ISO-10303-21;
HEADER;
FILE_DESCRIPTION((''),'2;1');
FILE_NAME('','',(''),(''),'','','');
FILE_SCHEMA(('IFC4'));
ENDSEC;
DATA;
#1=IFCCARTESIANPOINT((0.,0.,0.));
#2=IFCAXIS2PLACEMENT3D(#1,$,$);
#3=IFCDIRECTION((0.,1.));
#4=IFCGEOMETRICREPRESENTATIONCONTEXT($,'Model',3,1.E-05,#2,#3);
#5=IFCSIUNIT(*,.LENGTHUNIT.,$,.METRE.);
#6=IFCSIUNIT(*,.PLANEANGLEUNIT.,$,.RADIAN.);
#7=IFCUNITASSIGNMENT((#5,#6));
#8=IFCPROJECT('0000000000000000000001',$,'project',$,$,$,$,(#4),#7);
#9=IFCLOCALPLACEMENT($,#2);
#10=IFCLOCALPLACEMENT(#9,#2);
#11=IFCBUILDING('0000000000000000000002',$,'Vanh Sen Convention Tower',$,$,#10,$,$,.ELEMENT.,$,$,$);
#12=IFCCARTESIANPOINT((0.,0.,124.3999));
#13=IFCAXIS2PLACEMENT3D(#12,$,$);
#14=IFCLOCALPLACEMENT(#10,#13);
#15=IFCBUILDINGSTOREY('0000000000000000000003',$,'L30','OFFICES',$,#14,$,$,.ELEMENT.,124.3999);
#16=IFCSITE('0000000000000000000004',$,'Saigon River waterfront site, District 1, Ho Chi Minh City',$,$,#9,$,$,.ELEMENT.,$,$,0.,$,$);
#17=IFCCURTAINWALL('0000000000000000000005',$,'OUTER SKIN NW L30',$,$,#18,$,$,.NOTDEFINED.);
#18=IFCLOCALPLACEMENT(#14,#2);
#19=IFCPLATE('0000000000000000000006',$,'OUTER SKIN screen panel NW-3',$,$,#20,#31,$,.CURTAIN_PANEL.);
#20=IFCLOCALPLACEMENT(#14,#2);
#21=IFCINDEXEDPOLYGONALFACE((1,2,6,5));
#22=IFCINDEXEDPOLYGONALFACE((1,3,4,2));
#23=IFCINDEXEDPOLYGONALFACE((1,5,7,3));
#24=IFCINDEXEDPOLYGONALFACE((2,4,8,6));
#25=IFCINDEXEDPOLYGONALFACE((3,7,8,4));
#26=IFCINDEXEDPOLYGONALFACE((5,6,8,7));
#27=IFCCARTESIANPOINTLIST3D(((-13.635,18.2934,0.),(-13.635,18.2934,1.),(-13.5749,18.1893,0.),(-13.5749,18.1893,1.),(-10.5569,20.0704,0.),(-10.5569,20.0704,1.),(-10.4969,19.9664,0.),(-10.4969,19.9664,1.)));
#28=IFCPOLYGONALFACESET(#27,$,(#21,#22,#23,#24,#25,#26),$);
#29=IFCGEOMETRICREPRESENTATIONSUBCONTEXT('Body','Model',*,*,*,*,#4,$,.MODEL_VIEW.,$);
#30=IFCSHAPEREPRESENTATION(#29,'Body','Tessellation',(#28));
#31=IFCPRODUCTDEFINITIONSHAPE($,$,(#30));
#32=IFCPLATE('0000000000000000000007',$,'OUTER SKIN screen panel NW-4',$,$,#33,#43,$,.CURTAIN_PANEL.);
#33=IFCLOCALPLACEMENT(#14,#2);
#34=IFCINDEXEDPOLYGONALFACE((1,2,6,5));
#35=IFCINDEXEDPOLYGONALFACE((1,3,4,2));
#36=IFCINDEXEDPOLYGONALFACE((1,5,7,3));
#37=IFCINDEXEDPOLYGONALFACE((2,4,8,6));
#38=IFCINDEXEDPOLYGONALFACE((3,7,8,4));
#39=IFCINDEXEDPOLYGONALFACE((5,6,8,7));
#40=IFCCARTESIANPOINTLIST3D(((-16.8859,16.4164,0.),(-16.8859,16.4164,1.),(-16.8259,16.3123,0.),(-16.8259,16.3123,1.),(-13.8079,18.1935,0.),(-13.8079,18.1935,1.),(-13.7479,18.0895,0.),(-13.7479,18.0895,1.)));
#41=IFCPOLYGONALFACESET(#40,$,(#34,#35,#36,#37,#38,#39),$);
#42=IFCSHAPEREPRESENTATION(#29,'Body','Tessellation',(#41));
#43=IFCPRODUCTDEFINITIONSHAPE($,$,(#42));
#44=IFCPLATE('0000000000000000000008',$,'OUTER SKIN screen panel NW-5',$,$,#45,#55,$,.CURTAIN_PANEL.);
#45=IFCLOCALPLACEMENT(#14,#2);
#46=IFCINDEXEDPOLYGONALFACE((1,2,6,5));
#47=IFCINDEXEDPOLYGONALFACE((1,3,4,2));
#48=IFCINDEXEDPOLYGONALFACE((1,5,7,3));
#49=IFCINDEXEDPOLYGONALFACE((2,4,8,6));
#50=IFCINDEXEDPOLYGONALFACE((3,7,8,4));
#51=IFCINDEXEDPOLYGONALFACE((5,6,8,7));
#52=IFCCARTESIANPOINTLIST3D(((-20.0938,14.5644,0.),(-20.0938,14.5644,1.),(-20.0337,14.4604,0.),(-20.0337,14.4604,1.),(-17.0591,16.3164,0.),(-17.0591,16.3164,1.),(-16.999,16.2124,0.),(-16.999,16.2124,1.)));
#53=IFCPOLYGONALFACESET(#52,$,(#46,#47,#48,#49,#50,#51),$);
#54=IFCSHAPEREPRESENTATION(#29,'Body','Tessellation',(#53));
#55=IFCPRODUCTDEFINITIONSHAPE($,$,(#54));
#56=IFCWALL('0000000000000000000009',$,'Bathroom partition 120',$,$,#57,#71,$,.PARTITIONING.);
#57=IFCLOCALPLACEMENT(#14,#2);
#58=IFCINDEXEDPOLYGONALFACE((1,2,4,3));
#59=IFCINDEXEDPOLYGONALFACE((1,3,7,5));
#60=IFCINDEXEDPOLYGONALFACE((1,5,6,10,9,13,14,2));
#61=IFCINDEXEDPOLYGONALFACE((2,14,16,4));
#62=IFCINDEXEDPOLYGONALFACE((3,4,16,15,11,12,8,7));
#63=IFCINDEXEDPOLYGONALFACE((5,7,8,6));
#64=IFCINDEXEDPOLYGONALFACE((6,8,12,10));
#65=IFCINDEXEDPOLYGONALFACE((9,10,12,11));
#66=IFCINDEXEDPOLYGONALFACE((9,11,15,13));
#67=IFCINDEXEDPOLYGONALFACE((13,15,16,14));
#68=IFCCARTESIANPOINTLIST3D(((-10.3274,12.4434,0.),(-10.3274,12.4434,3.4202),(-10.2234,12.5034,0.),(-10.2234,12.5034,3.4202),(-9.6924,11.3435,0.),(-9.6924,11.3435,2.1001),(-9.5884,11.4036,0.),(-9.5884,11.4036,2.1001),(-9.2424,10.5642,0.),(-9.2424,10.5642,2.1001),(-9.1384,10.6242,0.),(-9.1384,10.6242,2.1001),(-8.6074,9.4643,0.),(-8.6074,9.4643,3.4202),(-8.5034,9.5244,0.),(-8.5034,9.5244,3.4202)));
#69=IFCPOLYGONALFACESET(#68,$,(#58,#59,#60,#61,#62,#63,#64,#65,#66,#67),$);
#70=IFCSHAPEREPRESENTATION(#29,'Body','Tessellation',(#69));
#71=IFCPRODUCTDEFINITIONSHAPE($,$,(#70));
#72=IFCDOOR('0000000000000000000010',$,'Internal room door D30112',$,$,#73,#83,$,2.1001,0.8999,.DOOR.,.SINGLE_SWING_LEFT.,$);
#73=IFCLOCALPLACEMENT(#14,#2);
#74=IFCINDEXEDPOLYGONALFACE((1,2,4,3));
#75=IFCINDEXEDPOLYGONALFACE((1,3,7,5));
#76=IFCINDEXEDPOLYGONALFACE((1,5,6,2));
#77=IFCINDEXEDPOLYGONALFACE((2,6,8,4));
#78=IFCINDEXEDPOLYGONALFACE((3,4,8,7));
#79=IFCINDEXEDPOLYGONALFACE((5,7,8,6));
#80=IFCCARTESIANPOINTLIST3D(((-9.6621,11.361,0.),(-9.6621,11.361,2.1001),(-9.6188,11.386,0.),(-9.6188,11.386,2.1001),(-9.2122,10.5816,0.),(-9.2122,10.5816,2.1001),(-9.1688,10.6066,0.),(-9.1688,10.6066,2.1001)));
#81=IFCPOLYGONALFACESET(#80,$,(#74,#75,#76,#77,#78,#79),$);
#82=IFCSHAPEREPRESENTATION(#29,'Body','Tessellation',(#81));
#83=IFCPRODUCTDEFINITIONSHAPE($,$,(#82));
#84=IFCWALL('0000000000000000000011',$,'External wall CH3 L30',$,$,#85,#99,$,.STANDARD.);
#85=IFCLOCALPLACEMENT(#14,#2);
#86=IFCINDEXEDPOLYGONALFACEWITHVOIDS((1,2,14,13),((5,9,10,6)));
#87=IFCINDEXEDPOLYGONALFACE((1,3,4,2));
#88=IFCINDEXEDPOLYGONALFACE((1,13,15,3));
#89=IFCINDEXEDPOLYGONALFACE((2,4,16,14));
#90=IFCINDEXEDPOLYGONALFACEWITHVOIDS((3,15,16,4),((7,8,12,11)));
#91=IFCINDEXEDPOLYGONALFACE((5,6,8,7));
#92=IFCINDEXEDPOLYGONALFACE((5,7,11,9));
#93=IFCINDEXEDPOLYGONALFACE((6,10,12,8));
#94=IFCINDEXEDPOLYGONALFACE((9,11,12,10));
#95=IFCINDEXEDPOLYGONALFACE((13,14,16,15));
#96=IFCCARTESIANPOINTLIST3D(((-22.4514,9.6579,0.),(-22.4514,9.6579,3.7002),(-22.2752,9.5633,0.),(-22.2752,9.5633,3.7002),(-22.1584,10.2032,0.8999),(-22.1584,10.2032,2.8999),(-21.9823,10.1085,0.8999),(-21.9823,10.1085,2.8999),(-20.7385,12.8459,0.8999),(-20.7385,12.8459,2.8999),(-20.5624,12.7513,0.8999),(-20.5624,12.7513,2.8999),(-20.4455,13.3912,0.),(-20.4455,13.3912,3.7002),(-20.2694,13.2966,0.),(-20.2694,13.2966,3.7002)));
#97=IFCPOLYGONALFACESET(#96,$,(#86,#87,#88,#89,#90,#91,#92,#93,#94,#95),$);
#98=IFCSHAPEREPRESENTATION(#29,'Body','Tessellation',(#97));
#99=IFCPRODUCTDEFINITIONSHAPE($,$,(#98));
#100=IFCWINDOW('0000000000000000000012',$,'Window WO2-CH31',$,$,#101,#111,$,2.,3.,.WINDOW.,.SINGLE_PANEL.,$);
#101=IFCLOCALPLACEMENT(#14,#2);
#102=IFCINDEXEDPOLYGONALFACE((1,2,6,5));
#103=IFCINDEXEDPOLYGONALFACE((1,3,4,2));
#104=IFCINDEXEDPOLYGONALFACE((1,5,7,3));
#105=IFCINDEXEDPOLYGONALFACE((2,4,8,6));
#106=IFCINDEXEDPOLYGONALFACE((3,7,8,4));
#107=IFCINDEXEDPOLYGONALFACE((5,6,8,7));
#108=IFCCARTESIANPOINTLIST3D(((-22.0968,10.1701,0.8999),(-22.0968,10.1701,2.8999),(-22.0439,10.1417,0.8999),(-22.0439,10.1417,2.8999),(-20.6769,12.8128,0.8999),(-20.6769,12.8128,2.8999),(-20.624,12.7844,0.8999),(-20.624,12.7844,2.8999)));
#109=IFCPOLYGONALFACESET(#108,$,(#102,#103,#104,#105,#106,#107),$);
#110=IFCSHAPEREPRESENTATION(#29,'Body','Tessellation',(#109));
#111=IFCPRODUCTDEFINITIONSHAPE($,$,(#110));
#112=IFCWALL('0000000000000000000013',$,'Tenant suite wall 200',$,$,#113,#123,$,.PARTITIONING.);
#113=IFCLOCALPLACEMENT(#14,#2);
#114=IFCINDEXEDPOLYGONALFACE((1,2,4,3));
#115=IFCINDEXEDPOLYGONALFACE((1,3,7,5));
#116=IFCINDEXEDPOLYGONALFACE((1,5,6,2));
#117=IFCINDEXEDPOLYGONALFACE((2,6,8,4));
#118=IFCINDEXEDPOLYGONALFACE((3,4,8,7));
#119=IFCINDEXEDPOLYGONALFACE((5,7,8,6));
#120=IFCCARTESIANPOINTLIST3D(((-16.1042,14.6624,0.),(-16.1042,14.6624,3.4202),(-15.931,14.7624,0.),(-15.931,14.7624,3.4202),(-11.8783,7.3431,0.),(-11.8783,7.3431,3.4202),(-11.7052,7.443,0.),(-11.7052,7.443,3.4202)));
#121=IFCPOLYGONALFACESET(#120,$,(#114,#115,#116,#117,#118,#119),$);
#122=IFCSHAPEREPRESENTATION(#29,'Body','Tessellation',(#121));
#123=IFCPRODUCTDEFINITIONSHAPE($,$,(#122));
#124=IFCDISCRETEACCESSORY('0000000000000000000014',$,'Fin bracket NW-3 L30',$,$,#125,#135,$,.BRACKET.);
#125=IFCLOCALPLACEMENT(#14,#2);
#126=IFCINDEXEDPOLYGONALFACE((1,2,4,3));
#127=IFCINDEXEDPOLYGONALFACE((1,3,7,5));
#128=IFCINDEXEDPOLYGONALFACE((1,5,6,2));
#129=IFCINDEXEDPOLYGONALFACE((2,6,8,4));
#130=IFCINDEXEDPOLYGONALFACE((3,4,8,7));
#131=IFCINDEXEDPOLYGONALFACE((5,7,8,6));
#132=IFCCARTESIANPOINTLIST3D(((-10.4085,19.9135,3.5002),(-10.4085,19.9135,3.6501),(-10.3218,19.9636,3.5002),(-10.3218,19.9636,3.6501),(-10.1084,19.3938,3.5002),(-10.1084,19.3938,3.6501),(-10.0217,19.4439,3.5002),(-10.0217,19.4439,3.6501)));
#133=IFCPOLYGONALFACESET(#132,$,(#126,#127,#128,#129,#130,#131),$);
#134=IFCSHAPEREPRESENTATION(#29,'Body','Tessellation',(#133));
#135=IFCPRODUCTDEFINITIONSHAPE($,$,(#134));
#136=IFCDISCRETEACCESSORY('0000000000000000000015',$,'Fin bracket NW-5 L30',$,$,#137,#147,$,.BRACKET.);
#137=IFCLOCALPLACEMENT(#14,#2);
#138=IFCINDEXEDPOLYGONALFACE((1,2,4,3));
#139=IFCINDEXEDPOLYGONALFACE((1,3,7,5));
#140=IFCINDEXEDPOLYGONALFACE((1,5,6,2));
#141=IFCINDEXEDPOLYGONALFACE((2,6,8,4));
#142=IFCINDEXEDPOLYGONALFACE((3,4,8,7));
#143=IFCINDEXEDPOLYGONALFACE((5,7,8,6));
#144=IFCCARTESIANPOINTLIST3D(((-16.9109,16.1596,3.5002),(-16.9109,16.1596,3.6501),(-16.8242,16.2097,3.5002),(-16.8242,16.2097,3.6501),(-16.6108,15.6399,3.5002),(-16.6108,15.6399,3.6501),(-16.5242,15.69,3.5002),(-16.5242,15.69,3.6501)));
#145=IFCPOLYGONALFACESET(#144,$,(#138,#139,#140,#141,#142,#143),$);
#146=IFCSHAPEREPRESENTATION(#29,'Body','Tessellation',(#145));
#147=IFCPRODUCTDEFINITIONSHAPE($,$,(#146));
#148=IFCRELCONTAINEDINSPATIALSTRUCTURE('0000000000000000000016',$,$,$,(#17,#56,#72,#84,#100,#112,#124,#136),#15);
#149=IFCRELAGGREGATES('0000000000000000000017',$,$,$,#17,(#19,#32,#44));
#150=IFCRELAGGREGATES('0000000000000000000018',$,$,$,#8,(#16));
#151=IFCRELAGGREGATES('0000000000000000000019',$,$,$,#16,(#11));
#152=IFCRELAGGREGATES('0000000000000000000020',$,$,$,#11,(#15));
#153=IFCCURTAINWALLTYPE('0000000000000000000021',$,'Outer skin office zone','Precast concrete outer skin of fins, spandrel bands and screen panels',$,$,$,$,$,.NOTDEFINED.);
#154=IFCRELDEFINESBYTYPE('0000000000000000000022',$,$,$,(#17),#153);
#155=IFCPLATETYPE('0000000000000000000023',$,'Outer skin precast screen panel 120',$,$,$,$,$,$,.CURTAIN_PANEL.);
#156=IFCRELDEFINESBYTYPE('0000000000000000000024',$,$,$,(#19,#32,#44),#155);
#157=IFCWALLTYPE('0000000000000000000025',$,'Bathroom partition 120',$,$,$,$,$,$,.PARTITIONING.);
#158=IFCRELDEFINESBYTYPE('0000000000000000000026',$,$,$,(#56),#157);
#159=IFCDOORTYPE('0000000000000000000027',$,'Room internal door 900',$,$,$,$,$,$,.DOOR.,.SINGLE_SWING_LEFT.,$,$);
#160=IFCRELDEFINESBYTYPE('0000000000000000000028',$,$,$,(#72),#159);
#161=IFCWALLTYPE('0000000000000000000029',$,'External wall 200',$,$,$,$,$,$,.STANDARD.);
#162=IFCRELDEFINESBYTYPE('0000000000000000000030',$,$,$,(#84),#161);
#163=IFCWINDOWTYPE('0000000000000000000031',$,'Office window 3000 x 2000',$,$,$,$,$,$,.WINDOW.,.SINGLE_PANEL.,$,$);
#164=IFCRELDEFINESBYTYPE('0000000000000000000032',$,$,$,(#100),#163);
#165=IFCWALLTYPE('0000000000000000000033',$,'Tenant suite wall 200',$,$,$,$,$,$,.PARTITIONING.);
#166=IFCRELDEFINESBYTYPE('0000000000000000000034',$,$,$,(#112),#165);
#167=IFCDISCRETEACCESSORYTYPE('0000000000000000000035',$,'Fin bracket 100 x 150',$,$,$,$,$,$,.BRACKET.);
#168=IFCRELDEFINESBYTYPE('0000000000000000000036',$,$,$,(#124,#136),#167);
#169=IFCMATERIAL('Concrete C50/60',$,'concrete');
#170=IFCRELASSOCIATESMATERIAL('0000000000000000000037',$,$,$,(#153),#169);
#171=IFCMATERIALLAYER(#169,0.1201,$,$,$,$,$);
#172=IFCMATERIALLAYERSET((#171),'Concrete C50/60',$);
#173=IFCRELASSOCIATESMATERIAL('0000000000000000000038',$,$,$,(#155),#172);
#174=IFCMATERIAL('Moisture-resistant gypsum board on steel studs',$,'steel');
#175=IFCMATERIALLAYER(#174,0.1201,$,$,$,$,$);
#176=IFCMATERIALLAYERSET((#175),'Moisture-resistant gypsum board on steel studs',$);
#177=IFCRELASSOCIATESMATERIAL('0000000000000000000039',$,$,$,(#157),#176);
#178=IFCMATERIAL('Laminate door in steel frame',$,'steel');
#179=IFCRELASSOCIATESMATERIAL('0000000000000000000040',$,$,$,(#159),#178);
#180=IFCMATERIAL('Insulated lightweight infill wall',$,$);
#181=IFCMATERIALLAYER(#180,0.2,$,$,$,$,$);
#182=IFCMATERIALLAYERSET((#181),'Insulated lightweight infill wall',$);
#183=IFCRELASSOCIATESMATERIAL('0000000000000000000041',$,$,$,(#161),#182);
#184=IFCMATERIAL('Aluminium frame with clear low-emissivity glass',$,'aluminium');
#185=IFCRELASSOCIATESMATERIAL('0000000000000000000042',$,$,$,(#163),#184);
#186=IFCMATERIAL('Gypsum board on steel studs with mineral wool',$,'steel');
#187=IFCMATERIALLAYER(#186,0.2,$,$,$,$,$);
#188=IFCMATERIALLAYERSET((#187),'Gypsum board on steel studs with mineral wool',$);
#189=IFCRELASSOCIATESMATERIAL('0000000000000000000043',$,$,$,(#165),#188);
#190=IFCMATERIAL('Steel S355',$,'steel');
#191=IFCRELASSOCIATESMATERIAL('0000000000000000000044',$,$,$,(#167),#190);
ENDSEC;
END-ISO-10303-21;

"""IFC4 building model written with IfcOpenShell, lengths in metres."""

from ifc_helpers import new_model, si_unit, direction, frame, frame_2d, origin, origin_2d, place, context, subcontext, project, spatial, rectangle, extrude, material, layer, layer_set, type_object, element, fill, aggregate, save


model = new_model("IFC4")

# Units and contexts
model_context = context("Model", 3, precision=1e-05, world=origin(), true_north=direction((0.0, 1.0)))
body_context = subcontext(model_context, "Body", "Model", "MODEL_VIEW")
ifc_project = project(units=[si_unit("LENGTHUNIT", "METRE"), si_unit("PLANEANGLEUNIT", "RADIAN")], contexts=[model_context])

# Site, building, storey
site_placement = place(None, origin())
site = spatial("IfcSite", under=ifc_project, at=site_placement, Name="Saigon River waterfront site, District 1, Ho Chi Minh City", CompositionType="ELEMENT", RefElevation=0.0)
building_placement = place(site_placement, origin())
building = spatial("IfcBuilding", under=site, at=building_placement, Name="Vanh Sen Convention Tower", CompositionType="ELEMENT")
storey_placement = place(building_placement, frame((0.0, 0.0, 124.3999)))
storey = spatial("IfcBuildingStorey", under=building, at=storey_placement, Name="L30", Description="OFFICES", CompositionType="ELEMENT", Elevation=124.3999)

# Curtain wall
ifc_material_1 = material(Name="Concrete C50/60", Category="concrete")
curtain_wall_type = type_object("IfcCurtainWallType", Name="Outer skin office zone", Description="Precast concrete outer skin of fins, spandrel bands and screen panels", PredefinedType="NOTDEFINED", material=ifc_material_1)
curtain_wall_1_placement = place(storey_placement, origin())
curtain_wall_1 = element("IfcCurtainWall", 1, at=curtain_wall_1_placement, inside=storey, type_object=curtain_wall_type, Name="OUTER SKIN NW L30", PredefinedType="NOTDEFINED")

# Plates
ifc_layer_1 = layer(ifc_material_1, 0.1201)
ifc_layer_set_1 = layer_set([ifc_layer_1], Name="Concrete C50/60")
plate_type = type_object("IfcPlateType", Name="Outer skin precast screen panel 120", PredefinedType="CURTAIN_PANEL", material=ifc_layer_set_1)
plate_1_placement = place(storey_placement, frame((-12.0659, 19.1299, 0.0), z_axis=(0.0, 0.0, 1.0), x_axis=(-0.866035, -0.499983, 0.0)))
plate_1 = element("IfcPlate", 2, at=plate_1_placement, type_object=plate_type, Name="OUTER SKIN screen panel NW-3", PredefinedType="CURTAIN_PANEL", context=body_context, shape_type="SweptSolid", body=[
    extrude(rectangle(XDim=3.5542, YDim=0.1201, at=origin_2d()), origin(), (0.0, 0.0, 1.0), 1.0),
])
plate_2_placement = place(storey_placement, frame((-15.3169, 17.2529, 0.0), z_axis=(0.0, 0.0, 1.0), x_axis=(-0.866017, -0.500015, 0.0)))
plate_2 = element("IfcPlate", 3, at=plate_2_placement, type_object=plate_type, Name="OUTER SKIN screen panel NW-4", PredefinedType="CURTAIN_PANEL", context=body_context, shape_type="SweptSolid", body=[
    extrude(rectangle(XDim=3.5542, YDim=0.1201, at=origin_2d()), origin(), (0.0, 0.0, 1.0), 1.0),
])
plate_3_placement = place(storey_placement, frame((-18.5464, 15.3884, 0.0), z_axis=(0.0, 0.0, 1.0), x_axis=(-0.866035, -0.499983, 0.0)))
plate_3 = element("IfcPlate", 4, at=plate_3_placement, type_object=plate_type, Name="OUTER SKIN screen panel NW-5", PredefinedType="CURTAIN_PANEL", context=body_context, shape_type="SweptSolid", body=[
    extrude(rectangle(XDim=3.5042, YDim=0.1201, at=origin_2d()), origin(), (0.0, 0.0, 1.0), 1.0),
])
aggregate(curtain_wall_1, [plate_1, plate_2, plate_3])

# Wall, opening, door
ifc_material_2 = material(Name="Moisture-resistant gypsum board on steel studs", Category="steel")
ifc_layer_2 = layer(ifc_material_2, 0.1201)
ifc_layer_set_2 = layer_set([ifc_layer_2], Name="Moisture-resistant gypsum board on steel studs")
wall_type_1 = type_object("IfcWallType", Name="Bathroom partition 120", PredefinedType="PARTITIONING", material=ifc_layer_set_2)
wall_1_placement = place(storey_placement, frame((-10.2754, 12.4734, 0.0), z_axis=(0.0, 0.0, 1.0), x_axis=(0.500009, -0.86602, 0.0)))
wall_1 = element("IfcWall", 5, at=wall_1_placement, inside=storey, type_object=wall_type_1, Name="Bathroom partition 120", PredefinedType="PARTITIONING", context=body_context, shape_type="SweptSolid", body=[
    extrude(rectangle(XDim=3.4399, YDim=0.1201, at=frame_2d((1.72, 0.0))), origin(), (0.0, 0.0, 1.0), 3.4202),
])
opening_1_placement = place(wall_1_placement, frame((1.27, 0.0, 0.0)))
opening_1 = element("IfcOpeningElement", 6, at=opening_1_placement, cuts=wall_1, PredefinedType="OPENING", context=body_context, shape_type="SweptSolid", body=[
    extrude(rectangle(XDim=0.8999, YDim=2.1001, at=frame_2d((0.45, 1.05))), frame((0.0, 0.0701, 0.0), z_axis=(0.0, -1.0, 0.0), x_axis=(1.0, 0.0, 0.0)), (0.0, 0.0, 1.0), 0.1401),
])
ifc_material_3 = material(Name="Laminate door in steel frame", Category="steel")
door_type = type_object("IfcDoorType", Name="Room internal door 900", OperationType="SINGLE_SWING_LEFT", PredefinedType="DOOR", material=ifc_material_3)
door_placement = place(opening_1_placement, origin())
door = element("IfcDoor", 7, at=door_placement, inside=storey, type_object=door_type, Name="Internal room door D30112", OperationType="SINGLE_SWING_LEFT", OverallHeight=2.1001, OverallWidth=0.8999, PredefinedType="DOOR", context=body_context, shape_type="SweptSolid", body=[
    extrude(rectangle(XDim=0.8999, YDim=2.1001, at=frame_2d((0.45, 1.05))), frame((0.0, 0.0249, 0.0), z_axis=(0.0, -1.0, 0.0), x_axis=(1.0, 0.0, 0.0)), (0.0, 0.0, 1.0), 0.05),
])
fill(opening_1, door)

# Wall, opening, window
ifc_material_4 = material(Name="Insulated lightweight infill wall")
ifc_layer_3 = layer(ifc_material_4, 0.2)
ifc_layer_set_3 = layer_set([ifc_layer_3], Name="Insulated lightweight infill wall")
wall_type_2 = type_object("IfcWallType", Name="External wall 200", PredefinedType="STANDARD", material=ifc_layer_set_3)
wall_2_placement = place(storey_placement, frame((-20.3574, 13.344, 0.0), z_axis=(0.0, 0.0, 1.0), x_axis=(-0.473289, -0.880907, 0.0)))
wall_2 = element("IfcWall", 8, at=wall_2_placement, inside=storey, type_object=wall_type_2, Name="External wall CH3 L30", PredefinedType="STANDARD", context=body_context, shape_type="SweptSolid", body=[
    extrude(rectangle(XDim=4.238, YDim=0.2, at=frame_2d((2.1191, 0.0))), origin(), (0.0, 0.0, 1.0), 3.7002),
])
opening_2_placement = place(wall_2_placement, frame((0.6191, 0.0, 0.8999)))
opening_2 = element("IfcOpeningElement", 9, at=opening_2_placement, cuts=wall_2, PredefinedType="OPENING", context=body_context, shape_type="SweptSolid", body=[
    extrude(rectangle(XDim=3.0, YDim=2.0, at=frame_2d((1.5, 1.0))), frame((0.0, 0.1099, 0.0), z_axis=(0.0, -1.0, 0.0), x_axis=(1.0, 0.0, 0.0)), (0.0, 0.0, 1.0), 0.22),
])
ifc_material_5 = material(Name="Aluminium frame with clear low-emissivity glass", Category="aluminium")
window_type = type_object("IfcWindowType", Name="Office window 3000 x 2000", PartitioningType="SINGLE_PANEL", PredefinedType="WINDOW", material=ifc_material_5)
window_placement = place(opening_2_placement, origin())
window = element("IfcWindow", 10, at=window_placement, inside=storey, type_object=window_type, Name="Window WO2-CH31", OverallHeight=2.0, OverallWidth=3.0, PartitioningType="SINGLE_PANEL", PredefinedType="WINDOW", context=body_context, shape_type="SweptSolid", body=[
    extrude(rectangle(XDim=3.0, YDim=2.0, at=frame_2d((1.5, 1.0))), frame((0.0, 0.03, 0.0), z_axis=(0.0, -1.0, 0.0), x_axis=(1.0, 0.0, 0.0)), (0.0, 0.0, 1.0), 0.0601),
])
fill(opening_2, window)

# Wall
ifc_material_6 = material(Name="Gypsum board on steel studs with mineral wool", Category="steel")
ifc_layer_4 = layer(ifc_material_6, 0.2)
ifc_layer_set_4 = layer_set([ifc_layer_4], Name="Gypsum board on steel studs with mineral wool")
wall_type_3 = type_object("IfcWallType", Name="Tenant suite wall 200", PredefinedType="PARTITIONING", material=ifc_layer_set_4)
wall_3_placement = place(storey_placement, frame((-16.0176, 14.7124, 0.0), z_axis=(0.0, 0.0, 1.0), x_axis=(0.500001, -0.866025, 0.0)))
element("IfcWall", 11, at=wall_3_placement, inside=storey, type_object=wall_type_3, Name="Tenant suite wall 200", PredefinedType="PARTITIONING", context=body_context, shape_type="SweptSolid", body=[
    extrude(rectangle(XDim=8.4517, YDim=0.2, at=frame_2d((4.2258, 0.0))), origin(), (0.0, 0.0, 1.0), 3.4202),
])

# Discrete accessories
ifc_material_7 = material(Name="Steel S355", Category="steel")
discrete_accessory_type = type_object("IfcDiscreteAccessoryType", Name="Fin bracket 100 x 150", PredefinedType="BRACKET", material=ifc_material_7)
for number, where, z_axis, x_axis, name in (
    (12, (-10.2151, 19.6787, 3.5002), (0.0, 0.0, 1.0), (-0.5, 0.866025, 0.0), "Fin bracket NW-3 L30"),
    (13, (-16.7175, 15.9248, 3.5002), (0.0, 0.0, 1.0), (-0.5, 0.866025, 0.0), "Fin bracket NW-5 L30"),
):
    element("IfcDiscreteAccessory", number, at=place(storey_placement, frame(where, z_axis=z_axis, x_axis=x_axis)), inside=storey, type_object=discrete_accessory_type, Name=name, PredefinedType="BRACKET", context=body_context, shape_type="SweptSolid", body=[
        extrude(rectangle(XDim=0.6001, YDim=0.1001, at=origin_2d()), origin(), (0.0, 0.0, 1.0), 0.1499),
    ])

save(model, "model.ifc")
